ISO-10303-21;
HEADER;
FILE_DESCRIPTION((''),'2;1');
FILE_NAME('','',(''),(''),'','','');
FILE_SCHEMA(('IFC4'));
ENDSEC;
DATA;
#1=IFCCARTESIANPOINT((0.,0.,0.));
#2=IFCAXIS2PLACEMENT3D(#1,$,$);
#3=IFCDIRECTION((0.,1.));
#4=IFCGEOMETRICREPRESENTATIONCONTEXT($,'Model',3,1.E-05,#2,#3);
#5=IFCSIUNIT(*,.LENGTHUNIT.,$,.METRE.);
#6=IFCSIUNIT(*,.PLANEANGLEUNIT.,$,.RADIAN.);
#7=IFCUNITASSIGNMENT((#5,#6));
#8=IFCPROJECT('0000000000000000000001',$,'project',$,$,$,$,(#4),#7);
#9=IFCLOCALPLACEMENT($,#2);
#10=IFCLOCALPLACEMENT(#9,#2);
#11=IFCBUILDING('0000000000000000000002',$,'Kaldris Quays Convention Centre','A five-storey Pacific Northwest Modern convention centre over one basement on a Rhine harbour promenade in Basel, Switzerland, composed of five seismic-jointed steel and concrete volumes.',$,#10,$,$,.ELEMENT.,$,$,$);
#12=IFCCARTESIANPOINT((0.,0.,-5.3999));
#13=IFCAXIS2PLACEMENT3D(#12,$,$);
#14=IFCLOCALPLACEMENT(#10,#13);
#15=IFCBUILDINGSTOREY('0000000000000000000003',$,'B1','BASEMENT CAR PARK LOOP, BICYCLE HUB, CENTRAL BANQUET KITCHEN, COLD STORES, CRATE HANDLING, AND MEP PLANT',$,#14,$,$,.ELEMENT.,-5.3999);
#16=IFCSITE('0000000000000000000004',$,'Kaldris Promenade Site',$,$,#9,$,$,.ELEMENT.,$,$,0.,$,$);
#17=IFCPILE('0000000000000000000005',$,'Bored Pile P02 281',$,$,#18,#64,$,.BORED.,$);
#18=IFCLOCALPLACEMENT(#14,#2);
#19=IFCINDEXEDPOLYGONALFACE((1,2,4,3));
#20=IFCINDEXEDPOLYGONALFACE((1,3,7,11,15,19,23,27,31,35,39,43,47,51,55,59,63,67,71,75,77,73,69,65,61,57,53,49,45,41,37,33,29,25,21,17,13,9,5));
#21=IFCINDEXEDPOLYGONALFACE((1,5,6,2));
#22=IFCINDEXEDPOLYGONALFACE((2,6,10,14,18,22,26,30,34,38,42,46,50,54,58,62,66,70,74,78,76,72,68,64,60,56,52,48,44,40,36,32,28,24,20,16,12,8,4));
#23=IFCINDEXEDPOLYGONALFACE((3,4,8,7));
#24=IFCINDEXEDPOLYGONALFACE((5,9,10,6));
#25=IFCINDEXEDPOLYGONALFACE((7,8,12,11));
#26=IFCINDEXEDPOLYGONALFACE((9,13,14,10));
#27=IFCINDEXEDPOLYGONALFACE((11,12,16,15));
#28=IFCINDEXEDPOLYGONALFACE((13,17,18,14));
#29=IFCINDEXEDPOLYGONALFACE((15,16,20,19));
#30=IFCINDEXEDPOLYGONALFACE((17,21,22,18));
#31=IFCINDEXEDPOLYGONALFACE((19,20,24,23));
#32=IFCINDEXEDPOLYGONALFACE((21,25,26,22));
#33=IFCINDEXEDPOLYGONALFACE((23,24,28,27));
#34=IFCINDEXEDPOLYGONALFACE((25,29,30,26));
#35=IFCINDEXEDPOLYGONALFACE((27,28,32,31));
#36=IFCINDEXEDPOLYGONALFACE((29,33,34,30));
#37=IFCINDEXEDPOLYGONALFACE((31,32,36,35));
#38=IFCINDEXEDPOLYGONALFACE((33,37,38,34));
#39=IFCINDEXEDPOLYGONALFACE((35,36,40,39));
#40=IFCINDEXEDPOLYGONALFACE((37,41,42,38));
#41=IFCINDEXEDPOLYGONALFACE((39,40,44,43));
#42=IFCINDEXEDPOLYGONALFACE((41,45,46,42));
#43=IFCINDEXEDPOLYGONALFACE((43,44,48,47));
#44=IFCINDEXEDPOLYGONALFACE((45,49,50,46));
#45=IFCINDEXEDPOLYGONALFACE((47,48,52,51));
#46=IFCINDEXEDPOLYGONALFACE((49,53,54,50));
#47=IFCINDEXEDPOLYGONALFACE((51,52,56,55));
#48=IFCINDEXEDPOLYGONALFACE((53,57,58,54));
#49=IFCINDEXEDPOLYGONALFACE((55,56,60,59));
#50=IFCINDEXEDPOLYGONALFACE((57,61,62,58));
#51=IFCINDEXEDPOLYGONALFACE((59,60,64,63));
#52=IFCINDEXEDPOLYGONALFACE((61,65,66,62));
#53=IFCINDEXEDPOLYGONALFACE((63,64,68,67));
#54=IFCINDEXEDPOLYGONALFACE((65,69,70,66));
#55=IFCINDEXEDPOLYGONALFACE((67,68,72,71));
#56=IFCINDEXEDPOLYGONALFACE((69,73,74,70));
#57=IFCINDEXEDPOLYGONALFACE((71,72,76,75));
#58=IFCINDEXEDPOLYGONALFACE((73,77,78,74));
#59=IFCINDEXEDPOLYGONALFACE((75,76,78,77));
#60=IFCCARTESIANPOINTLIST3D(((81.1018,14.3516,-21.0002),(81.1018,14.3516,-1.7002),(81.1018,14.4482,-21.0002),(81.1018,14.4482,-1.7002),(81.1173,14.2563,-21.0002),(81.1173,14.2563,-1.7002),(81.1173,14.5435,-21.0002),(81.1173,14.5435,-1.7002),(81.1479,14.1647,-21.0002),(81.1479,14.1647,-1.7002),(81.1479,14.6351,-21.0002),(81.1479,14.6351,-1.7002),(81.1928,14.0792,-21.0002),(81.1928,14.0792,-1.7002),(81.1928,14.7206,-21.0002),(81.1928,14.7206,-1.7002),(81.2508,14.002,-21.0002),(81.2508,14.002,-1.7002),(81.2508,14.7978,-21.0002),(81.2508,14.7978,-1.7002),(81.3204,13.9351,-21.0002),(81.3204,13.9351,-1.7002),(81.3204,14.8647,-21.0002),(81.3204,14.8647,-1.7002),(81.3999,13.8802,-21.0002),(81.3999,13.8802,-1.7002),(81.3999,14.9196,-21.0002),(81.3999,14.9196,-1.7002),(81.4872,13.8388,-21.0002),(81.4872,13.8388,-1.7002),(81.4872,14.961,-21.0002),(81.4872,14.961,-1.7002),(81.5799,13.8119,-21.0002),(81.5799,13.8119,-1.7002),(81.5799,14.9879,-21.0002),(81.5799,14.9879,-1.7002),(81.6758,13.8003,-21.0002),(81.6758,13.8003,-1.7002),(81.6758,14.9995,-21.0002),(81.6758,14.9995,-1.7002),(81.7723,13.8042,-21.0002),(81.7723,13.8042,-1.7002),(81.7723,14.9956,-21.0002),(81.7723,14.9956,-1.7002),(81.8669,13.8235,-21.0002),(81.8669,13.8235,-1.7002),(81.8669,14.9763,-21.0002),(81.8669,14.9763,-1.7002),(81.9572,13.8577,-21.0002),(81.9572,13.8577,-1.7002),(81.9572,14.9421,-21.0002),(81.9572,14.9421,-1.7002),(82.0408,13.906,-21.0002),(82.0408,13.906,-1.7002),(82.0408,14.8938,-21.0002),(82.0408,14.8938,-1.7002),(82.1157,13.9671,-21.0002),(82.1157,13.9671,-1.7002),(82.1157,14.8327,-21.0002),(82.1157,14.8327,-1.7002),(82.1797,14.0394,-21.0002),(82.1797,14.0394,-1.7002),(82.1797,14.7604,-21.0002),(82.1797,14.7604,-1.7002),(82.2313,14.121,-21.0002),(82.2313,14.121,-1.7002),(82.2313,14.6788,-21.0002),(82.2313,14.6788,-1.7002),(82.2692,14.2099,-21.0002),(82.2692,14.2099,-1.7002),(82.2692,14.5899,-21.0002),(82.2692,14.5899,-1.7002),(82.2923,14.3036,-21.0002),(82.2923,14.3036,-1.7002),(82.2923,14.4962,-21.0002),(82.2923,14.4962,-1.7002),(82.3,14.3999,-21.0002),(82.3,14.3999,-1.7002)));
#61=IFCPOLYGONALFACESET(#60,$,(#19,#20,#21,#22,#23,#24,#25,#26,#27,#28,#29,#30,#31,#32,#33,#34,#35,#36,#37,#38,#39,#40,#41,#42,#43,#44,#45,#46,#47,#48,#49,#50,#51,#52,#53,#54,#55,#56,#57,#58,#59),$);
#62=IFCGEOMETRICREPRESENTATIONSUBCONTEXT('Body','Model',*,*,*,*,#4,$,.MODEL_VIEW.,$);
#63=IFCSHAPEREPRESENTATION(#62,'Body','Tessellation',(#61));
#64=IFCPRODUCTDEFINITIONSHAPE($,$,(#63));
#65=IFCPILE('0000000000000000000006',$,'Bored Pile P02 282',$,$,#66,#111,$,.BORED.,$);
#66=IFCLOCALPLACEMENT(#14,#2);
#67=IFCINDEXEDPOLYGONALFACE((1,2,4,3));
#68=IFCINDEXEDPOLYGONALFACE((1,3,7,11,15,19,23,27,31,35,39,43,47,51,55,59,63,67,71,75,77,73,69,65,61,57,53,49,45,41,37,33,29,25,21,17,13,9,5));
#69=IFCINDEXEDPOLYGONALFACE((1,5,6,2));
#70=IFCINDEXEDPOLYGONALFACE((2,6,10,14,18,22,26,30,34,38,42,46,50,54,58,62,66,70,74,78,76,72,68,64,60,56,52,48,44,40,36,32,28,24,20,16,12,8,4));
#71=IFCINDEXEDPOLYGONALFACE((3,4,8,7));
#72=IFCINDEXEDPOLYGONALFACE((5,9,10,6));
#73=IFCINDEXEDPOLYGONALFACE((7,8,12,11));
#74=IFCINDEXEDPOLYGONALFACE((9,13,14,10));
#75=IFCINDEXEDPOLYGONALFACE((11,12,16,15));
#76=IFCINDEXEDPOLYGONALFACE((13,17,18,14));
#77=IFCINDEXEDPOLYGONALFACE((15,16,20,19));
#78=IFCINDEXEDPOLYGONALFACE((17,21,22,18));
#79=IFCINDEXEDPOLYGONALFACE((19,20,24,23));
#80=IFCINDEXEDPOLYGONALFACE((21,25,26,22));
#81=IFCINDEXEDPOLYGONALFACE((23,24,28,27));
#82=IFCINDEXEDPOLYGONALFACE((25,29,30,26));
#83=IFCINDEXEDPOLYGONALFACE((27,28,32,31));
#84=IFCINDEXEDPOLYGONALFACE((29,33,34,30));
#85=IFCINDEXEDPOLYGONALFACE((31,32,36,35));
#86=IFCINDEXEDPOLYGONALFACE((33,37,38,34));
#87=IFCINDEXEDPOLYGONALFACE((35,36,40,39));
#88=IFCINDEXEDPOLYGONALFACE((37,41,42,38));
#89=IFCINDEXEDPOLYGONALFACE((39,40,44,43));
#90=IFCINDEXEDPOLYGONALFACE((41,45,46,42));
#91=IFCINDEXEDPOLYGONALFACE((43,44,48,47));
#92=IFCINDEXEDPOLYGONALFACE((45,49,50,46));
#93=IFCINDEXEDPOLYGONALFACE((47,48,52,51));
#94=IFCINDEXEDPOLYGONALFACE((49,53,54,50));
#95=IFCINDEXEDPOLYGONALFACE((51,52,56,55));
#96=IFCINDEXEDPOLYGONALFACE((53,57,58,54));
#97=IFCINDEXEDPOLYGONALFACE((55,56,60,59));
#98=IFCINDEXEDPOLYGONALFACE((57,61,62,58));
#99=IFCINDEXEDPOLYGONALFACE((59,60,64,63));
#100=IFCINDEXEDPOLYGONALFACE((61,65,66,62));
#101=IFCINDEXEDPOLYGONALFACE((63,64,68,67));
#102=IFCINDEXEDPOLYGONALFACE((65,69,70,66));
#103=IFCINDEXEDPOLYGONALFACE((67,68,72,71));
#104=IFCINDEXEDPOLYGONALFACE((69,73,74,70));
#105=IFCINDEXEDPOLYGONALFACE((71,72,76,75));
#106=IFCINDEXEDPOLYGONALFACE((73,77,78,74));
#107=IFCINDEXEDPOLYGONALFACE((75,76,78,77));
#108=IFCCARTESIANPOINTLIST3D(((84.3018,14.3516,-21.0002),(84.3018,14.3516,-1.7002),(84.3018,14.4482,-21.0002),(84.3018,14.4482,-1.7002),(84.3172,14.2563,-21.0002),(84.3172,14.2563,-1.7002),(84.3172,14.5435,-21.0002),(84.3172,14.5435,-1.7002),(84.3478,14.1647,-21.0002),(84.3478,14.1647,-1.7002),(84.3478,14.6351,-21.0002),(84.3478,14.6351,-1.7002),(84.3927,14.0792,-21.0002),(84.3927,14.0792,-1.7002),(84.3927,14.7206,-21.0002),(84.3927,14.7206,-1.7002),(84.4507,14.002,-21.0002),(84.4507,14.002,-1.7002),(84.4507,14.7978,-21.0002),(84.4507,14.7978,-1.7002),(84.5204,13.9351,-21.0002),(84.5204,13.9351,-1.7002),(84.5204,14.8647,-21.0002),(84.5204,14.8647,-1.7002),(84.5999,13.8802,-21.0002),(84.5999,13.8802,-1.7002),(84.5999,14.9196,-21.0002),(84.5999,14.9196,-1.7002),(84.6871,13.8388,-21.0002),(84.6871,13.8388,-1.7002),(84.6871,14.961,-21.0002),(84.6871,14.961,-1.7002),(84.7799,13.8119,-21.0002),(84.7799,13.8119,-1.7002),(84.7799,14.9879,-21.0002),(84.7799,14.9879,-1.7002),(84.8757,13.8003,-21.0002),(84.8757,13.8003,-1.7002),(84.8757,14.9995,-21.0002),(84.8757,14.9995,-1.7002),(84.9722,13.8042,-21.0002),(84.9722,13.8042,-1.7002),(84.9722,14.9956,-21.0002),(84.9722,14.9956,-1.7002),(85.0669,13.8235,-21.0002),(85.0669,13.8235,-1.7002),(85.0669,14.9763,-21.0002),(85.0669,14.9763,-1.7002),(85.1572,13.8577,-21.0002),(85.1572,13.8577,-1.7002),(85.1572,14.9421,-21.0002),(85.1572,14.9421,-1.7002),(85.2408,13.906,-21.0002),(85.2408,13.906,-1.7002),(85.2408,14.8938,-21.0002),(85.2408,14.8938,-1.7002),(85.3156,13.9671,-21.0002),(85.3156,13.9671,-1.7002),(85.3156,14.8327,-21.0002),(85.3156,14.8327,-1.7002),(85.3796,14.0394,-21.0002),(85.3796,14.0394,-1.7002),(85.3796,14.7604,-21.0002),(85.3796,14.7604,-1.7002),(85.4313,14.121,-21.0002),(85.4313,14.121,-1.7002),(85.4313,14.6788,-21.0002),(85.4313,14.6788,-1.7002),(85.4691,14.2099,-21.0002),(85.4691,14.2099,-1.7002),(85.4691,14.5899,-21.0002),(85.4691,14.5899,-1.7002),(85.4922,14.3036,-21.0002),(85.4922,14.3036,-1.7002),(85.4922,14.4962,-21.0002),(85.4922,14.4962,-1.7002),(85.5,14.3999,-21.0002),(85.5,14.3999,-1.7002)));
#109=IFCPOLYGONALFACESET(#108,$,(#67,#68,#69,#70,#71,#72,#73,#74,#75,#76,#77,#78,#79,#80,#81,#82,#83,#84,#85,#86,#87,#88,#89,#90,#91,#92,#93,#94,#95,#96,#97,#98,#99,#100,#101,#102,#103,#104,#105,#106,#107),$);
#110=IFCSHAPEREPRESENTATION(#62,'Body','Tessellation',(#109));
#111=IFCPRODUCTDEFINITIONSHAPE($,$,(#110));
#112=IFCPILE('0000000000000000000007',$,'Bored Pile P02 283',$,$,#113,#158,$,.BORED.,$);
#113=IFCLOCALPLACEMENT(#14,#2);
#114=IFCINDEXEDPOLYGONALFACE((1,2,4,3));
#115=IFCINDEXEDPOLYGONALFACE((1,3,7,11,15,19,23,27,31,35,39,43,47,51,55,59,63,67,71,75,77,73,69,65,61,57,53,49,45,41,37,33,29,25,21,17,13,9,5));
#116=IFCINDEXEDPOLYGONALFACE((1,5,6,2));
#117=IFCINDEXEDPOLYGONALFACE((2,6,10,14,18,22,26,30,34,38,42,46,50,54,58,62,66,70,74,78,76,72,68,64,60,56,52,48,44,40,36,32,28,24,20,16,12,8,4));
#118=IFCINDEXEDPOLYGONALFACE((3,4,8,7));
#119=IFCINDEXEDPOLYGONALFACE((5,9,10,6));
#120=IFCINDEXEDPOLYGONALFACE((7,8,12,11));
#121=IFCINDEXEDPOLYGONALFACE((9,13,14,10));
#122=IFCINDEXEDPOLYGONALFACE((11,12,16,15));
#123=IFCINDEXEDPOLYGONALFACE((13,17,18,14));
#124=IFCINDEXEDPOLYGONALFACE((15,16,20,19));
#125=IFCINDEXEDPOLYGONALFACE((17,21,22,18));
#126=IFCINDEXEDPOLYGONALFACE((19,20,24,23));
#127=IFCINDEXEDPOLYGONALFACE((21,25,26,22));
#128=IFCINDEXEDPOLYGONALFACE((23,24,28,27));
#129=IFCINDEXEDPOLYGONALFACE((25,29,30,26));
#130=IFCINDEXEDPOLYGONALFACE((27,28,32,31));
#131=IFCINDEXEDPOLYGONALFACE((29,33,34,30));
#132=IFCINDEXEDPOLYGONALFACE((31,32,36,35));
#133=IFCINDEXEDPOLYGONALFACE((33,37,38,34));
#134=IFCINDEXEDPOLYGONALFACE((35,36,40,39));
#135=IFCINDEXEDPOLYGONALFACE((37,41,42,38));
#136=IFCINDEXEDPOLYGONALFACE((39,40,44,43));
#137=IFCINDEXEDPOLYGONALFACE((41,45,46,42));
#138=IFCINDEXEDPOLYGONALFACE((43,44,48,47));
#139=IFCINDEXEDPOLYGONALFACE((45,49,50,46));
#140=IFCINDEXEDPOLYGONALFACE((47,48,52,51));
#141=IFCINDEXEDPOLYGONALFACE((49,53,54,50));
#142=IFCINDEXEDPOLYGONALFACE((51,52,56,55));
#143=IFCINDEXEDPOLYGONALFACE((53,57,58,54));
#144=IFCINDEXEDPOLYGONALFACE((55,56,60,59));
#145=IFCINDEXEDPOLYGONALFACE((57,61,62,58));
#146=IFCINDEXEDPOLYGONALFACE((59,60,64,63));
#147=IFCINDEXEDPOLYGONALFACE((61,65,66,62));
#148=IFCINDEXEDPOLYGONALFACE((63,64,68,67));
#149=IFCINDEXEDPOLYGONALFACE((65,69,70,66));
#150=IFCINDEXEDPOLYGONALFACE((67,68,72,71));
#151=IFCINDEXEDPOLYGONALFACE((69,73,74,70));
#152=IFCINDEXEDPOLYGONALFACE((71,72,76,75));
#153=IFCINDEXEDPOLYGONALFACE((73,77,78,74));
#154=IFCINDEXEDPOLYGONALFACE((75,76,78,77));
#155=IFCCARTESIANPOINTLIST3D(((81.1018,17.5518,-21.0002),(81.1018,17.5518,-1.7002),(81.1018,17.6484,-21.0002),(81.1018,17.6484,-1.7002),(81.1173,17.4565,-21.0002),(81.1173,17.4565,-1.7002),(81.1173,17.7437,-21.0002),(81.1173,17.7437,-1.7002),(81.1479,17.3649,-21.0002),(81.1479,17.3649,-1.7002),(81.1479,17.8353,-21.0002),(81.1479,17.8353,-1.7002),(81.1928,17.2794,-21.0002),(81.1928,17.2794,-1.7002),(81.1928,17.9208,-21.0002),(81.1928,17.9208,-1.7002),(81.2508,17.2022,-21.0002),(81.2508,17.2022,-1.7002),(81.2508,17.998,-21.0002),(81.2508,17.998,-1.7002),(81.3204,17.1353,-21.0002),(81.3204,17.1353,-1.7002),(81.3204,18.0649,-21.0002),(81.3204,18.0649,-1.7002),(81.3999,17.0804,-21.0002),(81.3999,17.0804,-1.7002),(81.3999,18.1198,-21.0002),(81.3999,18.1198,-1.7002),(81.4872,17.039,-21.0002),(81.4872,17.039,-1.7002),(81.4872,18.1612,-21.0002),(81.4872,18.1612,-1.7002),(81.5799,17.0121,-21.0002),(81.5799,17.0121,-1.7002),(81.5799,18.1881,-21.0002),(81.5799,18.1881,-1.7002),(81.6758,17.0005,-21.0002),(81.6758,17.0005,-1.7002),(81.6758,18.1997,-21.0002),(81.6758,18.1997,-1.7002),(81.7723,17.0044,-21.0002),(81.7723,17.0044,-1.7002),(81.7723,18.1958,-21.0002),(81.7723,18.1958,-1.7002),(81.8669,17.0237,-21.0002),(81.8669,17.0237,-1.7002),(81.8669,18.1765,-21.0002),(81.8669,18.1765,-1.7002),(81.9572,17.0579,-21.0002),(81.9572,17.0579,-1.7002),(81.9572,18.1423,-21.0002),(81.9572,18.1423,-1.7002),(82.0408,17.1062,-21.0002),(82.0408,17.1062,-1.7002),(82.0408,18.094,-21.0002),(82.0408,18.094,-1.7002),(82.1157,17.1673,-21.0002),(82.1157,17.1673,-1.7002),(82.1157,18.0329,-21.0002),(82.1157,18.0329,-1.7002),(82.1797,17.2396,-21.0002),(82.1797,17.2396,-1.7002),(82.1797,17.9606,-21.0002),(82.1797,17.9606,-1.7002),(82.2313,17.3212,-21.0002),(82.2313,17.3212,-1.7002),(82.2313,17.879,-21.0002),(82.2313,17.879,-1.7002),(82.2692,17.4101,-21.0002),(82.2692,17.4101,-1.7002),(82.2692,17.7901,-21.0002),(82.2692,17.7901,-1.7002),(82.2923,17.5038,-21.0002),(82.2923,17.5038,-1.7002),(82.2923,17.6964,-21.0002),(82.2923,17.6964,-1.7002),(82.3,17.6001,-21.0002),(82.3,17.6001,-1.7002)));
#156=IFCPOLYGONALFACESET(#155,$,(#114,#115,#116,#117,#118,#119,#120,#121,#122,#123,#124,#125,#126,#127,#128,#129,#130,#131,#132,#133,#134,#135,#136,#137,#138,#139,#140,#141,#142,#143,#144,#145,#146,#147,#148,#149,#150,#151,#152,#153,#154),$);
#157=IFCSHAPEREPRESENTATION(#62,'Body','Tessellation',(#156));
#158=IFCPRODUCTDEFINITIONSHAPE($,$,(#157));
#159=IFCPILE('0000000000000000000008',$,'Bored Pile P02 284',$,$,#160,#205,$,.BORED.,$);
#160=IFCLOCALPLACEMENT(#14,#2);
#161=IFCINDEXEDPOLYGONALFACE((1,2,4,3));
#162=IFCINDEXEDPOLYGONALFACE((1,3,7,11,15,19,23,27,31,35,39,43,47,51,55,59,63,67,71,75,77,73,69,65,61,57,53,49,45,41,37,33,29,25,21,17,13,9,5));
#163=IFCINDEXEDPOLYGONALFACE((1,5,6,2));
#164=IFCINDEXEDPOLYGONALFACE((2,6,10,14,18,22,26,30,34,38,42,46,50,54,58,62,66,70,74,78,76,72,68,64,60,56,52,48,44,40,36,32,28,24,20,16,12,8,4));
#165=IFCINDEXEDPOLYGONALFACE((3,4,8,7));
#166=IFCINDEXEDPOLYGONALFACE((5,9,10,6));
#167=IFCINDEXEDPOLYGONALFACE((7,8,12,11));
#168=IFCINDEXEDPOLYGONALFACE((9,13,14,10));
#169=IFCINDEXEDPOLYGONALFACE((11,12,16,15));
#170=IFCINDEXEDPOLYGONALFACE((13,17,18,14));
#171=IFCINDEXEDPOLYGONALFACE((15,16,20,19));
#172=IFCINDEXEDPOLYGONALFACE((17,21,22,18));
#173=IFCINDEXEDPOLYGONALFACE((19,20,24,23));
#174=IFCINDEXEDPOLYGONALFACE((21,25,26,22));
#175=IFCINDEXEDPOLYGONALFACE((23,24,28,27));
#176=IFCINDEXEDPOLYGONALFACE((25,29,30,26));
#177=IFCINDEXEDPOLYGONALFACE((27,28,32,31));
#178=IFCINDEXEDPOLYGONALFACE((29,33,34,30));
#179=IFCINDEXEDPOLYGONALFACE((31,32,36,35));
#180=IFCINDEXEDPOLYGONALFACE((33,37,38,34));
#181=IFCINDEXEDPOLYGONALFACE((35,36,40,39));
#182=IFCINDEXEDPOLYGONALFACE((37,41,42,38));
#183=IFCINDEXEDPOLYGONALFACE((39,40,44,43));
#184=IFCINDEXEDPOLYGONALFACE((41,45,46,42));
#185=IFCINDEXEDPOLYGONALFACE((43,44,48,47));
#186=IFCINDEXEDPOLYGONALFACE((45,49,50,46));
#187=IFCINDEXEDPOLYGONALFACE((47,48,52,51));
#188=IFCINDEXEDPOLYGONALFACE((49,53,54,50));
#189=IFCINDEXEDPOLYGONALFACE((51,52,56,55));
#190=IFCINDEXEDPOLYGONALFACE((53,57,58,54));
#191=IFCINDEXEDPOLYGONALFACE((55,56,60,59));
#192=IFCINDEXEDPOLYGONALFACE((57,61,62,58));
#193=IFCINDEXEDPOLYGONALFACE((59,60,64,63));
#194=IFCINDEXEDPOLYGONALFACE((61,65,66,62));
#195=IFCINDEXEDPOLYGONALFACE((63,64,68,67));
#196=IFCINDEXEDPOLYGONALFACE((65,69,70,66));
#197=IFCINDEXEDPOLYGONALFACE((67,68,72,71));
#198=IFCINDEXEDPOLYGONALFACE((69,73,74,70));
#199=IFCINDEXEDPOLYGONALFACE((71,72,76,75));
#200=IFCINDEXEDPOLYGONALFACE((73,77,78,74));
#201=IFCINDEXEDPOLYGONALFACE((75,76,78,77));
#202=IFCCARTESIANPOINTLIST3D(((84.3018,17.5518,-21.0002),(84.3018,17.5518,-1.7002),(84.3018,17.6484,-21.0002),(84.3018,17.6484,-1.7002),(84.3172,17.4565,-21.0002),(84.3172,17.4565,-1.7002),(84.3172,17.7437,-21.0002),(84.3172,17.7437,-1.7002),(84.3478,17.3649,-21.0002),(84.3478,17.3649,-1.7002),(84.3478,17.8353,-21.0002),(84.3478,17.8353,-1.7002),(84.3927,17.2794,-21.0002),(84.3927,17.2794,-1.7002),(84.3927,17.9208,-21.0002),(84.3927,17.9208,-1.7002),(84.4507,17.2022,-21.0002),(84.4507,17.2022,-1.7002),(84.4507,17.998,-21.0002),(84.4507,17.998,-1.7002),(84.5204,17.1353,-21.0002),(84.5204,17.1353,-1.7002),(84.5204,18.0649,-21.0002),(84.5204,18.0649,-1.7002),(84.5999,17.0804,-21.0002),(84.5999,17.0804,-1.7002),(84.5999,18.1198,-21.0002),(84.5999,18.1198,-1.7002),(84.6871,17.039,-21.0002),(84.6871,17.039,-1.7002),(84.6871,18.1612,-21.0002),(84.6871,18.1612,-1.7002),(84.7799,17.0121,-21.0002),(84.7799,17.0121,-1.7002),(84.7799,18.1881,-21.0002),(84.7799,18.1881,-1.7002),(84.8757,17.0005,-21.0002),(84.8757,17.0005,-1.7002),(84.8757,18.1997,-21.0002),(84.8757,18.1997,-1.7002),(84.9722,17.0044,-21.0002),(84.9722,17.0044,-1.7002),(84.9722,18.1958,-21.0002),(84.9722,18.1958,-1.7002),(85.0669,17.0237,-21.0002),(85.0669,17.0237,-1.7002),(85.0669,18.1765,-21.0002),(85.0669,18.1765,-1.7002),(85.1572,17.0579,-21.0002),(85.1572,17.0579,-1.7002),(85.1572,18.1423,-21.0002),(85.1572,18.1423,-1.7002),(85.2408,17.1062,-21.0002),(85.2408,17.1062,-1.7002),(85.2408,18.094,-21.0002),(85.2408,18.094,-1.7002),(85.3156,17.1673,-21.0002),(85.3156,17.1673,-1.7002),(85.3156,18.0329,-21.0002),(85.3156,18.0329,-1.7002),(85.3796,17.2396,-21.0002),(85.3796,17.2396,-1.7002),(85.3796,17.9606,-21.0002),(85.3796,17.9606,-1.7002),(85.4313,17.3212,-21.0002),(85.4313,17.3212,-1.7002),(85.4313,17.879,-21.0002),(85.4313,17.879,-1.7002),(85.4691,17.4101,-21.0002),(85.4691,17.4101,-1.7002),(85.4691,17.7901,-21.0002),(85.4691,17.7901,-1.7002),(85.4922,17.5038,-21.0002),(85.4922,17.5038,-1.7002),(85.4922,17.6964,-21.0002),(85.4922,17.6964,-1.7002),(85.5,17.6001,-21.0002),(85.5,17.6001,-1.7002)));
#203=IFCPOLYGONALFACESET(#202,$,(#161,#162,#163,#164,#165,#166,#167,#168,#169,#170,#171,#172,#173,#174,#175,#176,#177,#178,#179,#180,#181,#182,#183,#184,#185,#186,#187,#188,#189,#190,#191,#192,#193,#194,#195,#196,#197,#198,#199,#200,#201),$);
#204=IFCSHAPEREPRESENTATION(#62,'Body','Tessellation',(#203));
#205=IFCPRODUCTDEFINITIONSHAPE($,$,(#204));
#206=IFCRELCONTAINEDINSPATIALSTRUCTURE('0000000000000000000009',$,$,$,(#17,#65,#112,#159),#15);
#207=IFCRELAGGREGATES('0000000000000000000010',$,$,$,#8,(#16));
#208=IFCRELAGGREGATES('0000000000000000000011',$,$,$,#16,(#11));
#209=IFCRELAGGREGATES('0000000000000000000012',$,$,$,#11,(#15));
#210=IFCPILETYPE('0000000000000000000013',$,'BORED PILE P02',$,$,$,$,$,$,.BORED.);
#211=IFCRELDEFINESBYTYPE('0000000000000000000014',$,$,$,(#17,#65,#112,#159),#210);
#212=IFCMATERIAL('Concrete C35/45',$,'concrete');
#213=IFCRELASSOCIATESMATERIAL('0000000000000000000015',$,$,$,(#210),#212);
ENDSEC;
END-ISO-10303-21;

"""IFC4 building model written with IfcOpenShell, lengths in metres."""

from ifc_helpers import new_model, si_unit, direction, frame, origin, origin_2d, place, context, subcontext, project, spatial, circle, extrude, material, material_profile, profile_set, type_object, element, save


model = new_model("IFC4")

# Units and contexts
model_context = context("Model", 3, precision=1e-05, world=origin(), true_north=direction((0.0, 1.0)))
body_context = subcontext(model_context, "Body", "Model", "MODEL_VIEW")
ifc_project = project(units=[si_unit("LENGTHUNIT", "METRE"), si_unit("PLANEANGLEUNIT", "RADIAN")], contexts=[model_context])

# Site, building, storey
site_placement = place(None, origin())
site = spatial("IfcSite", under=ifc_project, at=site_placement, Name="Kaldris Promenade Site", CompositionType="ELEMENT", RefElevation=0.0)
building_placement = place(site_placement, origin())
building = spatial("IfcBuilding", under=site, at=building_placement, Name="Kaldris Quays Convention Centre", Description="A five-storey Pacific Northwest Modern convention centre over one basement on a Rhine harbour promenade in Basel, Switzerland, composed of five seismic-jointed steel and concrete volumes.", CompositionType="ELEMENT")
storey_placement = place(building_placement, frame((0.0, 0.0, -5.3999)))
storey = spatial("IfcBuildingStorey", under=building, at=storey_placement, Name="B1", Description="BASEMENT CAR PARK LOOP, BICYCLE HUB, CENTRAL BANQUET KITCHEN, COLD STORES, CRATE HANDLING, AND MEP PLANT", CompositionType="ELEMENT", Elevation=-5.3999)

# Piles
ifc_material_1 = material(Name="Concrete C35/45", Category="concrete")
ifc_material_profile_1 = material_profile(ifc_material_1, circle(Radius=0.6001, at=origin_2d()), Name="BORED PILE D1200")
ifc_profile_set_1 = profile_set([ifc_material_profile_1], Name="Concrete C35/45")
pile_type_1 = type_object("IfcPileType", Name="BORED PILE P02", PredefinedType="BORED", material=ifc_profile_set_1)
for number, where, z_axis, x_axis, name in (
    (1, (81.7, 14.3999, -1.7002), (0.0, 0.0, -1.0), (1.0, 0.0, 0.0), "Bored Pile P02 281"),
    (2, (84.8999, 14.3999, -1.7002), (0.0, 0.0, -1.0), (1.0, 0.0, 0.0), "Bored Pile P02 282"),
    (3, (81.7, 17.6001, -1.7002), (0.0, 0.0, -1.0), (1.0, 0.0, 0.0), "Bored Pile P02 283"),
    (4, (84.8999, 17.6001, -1.7002), (0.0, 0.0, -1.0), (1.0, 0.0, 0.0), "Bored Pile P02 284"),
):
    element("IfcPile", number, at=place(storey_placement, frame(where, z_axis=z_axis, x_axis=x_axis)), inside=storey, type_object=pile_type_1, Name=name, PredefinedType="BORED", context=body_context, shape_type="SweptSolid", body=[
        extrude(circle(Radius=0.6001, at=origin_2d()), origin(), (0.0, 0.0, 1.0), 19.3),
    ])

save(model, "model.ifc")
